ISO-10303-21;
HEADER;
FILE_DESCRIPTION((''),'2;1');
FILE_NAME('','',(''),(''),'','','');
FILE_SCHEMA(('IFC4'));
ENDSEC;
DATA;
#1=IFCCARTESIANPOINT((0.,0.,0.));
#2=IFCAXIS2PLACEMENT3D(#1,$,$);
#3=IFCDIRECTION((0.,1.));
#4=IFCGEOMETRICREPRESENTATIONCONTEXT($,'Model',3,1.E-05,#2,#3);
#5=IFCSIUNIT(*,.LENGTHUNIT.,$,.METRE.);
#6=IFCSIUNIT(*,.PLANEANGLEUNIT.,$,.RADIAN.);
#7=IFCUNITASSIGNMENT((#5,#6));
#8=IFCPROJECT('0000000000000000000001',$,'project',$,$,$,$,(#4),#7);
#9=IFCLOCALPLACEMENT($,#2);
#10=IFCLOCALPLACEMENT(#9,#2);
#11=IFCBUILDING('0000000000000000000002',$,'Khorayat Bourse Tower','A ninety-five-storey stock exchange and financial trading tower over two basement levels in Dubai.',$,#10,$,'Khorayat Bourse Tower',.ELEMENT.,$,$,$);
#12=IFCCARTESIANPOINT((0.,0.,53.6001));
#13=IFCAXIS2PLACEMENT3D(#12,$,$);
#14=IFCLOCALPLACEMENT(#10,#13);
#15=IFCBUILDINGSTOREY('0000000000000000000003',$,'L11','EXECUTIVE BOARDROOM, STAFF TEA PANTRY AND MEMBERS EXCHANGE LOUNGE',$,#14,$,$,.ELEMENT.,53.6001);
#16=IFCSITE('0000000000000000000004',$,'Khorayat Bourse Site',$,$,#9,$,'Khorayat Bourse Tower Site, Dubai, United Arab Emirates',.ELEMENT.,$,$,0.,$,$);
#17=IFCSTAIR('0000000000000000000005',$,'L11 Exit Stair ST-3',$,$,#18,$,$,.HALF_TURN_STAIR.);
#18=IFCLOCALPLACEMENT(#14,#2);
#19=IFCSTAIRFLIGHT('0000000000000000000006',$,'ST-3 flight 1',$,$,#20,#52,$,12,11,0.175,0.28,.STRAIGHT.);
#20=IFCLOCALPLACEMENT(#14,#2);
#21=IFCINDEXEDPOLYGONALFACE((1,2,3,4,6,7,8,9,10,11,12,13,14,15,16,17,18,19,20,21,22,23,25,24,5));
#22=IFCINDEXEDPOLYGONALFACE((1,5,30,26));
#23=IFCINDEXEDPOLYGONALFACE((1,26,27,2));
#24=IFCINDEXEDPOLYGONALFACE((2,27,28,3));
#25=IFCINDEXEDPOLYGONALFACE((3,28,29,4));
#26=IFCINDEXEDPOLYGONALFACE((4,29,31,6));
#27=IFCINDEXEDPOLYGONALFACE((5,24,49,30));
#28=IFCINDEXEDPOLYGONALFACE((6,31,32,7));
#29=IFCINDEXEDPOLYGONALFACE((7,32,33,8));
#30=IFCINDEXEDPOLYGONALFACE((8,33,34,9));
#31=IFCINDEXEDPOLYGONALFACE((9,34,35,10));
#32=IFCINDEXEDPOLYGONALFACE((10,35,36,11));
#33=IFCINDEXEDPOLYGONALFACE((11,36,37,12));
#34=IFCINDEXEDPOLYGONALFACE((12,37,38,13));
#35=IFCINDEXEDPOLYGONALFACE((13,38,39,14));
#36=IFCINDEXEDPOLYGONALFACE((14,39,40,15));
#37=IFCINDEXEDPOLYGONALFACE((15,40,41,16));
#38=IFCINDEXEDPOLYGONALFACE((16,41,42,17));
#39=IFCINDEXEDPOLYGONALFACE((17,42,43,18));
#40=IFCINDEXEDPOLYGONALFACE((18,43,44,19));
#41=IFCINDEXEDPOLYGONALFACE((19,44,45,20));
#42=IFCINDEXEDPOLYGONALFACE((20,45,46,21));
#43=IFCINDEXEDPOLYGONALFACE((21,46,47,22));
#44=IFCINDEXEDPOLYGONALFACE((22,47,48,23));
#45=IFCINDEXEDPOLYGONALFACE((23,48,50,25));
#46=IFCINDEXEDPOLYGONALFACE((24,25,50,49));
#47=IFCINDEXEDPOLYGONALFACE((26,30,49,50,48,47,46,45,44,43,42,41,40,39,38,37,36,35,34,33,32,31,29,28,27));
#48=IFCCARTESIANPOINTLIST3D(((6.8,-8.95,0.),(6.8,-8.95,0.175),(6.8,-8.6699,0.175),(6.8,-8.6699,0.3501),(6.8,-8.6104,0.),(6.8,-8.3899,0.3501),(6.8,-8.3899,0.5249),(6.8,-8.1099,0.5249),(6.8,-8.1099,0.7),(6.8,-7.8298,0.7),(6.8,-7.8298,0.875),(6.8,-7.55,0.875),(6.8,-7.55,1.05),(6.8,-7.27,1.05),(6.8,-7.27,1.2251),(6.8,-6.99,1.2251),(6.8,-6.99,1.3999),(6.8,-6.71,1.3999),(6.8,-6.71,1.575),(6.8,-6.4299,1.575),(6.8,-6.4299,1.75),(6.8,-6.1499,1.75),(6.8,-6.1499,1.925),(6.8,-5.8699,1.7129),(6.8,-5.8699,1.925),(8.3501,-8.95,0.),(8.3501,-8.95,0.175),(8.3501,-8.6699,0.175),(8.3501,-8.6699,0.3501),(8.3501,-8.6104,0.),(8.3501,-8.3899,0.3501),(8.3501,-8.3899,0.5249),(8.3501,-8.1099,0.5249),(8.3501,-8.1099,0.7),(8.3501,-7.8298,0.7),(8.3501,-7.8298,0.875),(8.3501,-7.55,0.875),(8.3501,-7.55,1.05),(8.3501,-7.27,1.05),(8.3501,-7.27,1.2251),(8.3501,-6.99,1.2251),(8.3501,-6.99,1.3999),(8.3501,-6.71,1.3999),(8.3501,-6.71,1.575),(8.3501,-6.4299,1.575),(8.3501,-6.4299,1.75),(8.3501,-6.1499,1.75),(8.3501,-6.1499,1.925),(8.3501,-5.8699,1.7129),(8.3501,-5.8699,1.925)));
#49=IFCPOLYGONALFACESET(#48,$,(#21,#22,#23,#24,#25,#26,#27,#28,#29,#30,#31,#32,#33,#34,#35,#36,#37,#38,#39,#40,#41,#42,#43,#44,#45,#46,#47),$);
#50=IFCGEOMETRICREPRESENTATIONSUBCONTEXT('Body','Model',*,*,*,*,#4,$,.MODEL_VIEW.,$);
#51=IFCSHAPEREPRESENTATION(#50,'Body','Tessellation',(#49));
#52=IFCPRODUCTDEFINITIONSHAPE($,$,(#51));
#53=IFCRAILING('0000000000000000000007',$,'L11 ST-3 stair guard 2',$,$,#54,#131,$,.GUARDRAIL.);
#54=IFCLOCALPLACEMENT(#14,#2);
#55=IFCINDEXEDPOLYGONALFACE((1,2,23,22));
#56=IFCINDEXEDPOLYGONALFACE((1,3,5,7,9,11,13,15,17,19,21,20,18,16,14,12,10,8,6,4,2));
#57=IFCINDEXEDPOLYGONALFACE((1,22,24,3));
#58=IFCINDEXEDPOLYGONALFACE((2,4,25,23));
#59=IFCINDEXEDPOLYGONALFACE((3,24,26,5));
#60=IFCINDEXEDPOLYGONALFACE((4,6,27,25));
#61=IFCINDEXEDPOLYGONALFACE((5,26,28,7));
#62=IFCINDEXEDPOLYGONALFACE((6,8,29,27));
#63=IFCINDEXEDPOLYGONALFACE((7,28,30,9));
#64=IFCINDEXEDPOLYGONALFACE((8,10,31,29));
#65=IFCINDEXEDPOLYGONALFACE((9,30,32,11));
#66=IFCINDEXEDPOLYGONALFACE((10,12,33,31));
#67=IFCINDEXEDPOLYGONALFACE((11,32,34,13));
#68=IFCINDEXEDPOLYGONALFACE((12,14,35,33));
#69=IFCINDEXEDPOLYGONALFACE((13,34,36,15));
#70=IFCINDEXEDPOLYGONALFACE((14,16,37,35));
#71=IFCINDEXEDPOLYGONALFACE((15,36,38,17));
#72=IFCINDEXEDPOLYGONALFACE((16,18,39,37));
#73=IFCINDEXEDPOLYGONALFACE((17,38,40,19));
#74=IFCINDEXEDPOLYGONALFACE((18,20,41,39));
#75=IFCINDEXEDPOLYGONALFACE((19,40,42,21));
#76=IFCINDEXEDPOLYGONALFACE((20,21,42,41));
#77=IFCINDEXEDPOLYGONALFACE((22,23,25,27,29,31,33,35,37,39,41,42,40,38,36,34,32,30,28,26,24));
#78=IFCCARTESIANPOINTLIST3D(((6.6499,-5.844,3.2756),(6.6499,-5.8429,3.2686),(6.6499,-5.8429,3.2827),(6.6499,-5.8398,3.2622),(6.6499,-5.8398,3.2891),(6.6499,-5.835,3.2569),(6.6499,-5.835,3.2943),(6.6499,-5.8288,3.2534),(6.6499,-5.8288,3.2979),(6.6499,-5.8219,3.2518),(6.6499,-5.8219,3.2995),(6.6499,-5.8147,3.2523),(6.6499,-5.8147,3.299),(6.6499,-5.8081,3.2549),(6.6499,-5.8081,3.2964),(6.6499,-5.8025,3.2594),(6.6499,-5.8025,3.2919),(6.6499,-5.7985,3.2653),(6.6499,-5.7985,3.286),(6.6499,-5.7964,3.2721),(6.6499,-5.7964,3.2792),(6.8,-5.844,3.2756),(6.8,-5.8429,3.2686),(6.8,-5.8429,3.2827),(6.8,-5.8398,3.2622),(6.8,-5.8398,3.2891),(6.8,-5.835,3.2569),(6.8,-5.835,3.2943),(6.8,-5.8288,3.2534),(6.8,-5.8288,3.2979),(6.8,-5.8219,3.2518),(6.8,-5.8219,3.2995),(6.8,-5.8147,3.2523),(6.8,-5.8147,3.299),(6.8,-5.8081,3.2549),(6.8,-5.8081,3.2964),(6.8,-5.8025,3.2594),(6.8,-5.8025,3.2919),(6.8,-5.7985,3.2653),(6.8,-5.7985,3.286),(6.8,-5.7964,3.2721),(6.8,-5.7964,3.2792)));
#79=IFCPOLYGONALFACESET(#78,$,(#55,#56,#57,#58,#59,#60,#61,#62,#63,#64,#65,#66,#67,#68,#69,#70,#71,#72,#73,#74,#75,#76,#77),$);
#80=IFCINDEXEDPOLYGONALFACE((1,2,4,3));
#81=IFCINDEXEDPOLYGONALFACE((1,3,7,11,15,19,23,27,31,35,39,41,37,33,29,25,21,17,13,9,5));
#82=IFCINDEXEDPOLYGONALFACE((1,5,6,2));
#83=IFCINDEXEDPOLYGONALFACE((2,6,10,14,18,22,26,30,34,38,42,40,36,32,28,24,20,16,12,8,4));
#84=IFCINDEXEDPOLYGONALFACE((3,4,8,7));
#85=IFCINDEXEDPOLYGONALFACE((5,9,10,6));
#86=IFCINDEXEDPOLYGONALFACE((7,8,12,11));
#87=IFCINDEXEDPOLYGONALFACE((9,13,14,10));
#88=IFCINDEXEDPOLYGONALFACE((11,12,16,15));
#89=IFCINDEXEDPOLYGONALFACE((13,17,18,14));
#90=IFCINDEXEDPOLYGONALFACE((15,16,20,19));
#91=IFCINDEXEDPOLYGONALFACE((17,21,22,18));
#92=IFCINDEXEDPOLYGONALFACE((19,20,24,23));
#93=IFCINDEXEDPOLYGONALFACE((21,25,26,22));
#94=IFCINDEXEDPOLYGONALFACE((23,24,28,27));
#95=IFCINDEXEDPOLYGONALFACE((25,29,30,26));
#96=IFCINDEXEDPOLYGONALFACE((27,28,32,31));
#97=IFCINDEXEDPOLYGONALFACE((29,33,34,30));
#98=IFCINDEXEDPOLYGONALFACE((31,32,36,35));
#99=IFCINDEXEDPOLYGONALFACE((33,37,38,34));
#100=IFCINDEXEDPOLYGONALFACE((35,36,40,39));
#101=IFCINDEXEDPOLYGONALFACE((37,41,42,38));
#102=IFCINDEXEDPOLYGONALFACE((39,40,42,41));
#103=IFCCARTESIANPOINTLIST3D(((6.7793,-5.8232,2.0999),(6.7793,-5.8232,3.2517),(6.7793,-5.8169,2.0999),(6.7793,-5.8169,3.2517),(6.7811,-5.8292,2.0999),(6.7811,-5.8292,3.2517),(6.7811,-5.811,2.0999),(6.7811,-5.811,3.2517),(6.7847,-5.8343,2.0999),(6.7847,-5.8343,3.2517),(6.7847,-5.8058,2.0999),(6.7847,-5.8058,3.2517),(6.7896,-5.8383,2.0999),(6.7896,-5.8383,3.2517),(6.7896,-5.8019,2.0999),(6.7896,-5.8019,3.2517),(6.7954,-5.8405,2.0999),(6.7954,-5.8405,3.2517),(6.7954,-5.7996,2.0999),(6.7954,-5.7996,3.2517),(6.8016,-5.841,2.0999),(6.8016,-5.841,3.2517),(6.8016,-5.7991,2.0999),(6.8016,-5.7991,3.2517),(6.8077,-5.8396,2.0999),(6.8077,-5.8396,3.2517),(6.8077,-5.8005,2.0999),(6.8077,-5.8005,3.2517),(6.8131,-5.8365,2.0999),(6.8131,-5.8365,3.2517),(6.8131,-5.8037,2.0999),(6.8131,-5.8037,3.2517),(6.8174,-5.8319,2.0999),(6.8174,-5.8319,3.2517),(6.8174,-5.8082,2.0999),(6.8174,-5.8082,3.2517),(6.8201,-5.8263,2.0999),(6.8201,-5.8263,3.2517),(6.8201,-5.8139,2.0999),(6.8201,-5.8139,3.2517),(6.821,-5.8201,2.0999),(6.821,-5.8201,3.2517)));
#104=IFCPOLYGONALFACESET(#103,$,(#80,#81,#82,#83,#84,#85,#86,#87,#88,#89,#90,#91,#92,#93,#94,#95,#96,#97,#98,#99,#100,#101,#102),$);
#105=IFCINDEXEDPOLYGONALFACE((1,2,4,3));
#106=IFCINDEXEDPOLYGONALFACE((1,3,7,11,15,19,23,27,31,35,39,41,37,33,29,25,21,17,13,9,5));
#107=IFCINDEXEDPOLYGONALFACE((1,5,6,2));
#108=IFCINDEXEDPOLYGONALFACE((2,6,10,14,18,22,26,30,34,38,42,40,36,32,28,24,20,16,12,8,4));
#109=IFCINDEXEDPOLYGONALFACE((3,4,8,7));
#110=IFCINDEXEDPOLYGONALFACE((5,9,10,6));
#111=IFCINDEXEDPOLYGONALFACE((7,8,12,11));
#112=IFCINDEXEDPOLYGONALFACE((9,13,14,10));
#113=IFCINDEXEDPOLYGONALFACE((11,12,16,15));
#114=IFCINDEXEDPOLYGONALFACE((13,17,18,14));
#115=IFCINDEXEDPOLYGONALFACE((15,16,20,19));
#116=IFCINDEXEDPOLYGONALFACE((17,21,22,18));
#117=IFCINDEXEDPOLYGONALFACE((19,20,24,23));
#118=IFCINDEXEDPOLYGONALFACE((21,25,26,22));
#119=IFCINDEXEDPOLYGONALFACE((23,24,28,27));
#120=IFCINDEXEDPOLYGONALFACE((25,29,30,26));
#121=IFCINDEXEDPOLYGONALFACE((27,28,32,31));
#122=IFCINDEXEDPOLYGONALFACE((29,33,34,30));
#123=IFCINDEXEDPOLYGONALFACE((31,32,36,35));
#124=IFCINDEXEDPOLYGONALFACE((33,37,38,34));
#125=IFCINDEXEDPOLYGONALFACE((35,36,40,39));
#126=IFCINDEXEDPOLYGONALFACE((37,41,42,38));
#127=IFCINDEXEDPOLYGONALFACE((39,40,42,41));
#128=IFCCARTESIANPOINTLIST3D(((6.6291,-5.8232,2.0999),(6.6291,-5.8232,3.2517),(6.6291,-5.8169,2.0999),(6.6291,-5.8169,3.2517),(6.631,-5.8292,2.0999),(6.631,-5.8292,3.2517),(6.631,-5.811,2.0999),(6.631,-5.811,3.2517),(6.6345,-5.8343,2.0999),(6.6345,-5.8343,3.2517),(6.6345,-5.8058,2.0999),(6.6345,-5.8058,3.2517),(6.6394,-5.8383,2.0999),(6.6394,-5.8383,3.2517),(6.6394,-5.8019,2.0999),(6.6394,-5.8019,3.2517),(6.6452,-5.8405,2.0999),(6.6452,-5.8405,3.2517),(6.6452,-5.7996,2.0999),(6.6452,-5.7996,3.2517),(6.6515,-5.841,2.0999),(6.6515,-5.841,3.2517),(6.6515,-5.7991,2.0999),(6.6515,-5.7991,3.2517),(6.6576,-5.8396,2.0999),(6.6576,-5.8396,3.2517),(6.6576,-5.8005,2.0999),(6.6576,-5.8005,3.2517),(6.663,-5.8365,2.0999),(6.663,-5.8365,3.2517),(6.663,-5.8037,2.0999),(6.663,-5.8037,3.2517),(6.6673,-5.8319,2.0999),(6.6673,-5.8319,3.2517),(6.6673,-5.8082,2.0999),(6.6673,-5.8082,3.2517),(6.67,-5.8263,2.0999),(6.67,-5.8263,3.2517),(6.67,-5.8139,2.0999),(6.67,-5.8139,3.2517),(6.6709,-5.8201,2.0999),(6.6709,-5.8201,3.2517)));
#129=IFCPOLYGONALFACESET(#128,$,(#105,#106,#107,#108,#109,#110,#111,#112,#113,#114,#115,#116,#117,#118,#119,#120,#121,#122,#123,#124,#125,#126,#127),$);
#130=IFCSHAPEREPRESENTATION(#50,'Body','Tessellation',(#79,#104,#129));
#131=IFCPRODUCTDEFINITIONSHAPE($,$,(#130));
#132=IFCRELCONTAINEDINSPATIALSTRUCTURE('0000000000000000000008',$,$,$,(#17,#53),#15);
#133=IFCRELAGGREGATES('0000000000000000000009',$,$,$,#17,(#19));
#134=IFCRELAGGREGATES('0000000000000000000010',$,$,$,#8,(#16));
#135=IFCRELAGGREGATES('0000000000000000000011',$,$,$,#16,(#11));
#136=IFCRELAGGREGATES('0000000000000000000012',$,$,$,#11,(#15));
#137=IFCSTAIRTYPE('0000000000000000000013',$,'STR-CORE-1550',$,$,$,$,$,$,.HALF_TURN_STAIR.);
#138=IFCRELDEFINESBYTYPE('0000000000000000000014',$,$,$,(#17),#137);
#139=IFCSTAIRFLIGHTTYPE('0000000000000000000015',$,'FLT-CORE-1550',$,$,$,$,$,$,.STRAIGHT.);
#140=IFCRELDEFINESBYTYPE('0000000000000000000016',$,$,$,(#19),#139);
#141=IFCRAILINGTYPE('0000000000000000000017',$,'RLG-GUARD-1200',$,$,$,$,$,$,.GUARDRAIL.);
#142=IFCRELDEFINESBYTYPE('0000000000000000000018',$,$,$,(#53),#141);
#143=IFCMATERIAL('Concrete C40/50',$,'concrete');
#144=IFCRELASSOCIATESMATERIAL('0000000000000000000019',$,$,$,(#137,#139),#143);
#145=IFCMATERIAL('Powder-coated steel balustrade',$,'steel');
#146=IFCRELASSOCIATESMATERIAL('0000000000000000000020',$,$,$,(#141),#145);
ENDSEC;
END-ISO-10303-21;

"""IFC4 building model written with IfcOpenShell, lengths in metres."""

from ifc_helpers import new_model, si_unit, direction, frame, origin, origin_2d, place, context, subcontext, project, spatial, polyline, circle, outline, extrude, source, transform, mapped, material, type_object, element, aggregate, save


model = new_model("IFC4")

# Units and contexts
model_context = context("Model", 3, precision=1e-05, world=origin(), true_north=direction((0.0, 1.0)))
body_context = subcontext(model_context, "Body", "Model", "MODEL_VIEW")
ifc_project = project(units=[si_unit("LENGTHUNIT", "METRE"), si_unit("PLANEANGLEUNIT", "RADIAN")], contexts=[model_context])

# Site, building, storey
site_placement = place(None, origin())
site = spatial("IfcSite", under=ifc_project, at=site_placement, Name="Khorayat Bourse Site", LongName="Khorayat Bourse Tower Site, Dubai, United Arab Emirates", CompositionType="ELEMENT", RefElevation=0.0)
building_placement = place(site_placement, origin())
building = spatial("IfcBuilding", under=site, at=building_placement, Name="Khorayat Bourse Tower", Description="A ninety-five-storey stock exchange and financial trading tower over two basement levels in Dubai.", LongName="Khorayat Bourse Tower", CompositionType="ELEMENT")
storey_placement = place(building_placement, frame((0.0, 0.0, 53.6001)))
storey = spatial("IfcBuildingStorey", under=building, at=storey_placement, Name="L11", Description="EXECUTIVE BOARDROOM, STAFF TEA PANTRY AND MEMBERS EXCHANGE LOUNGE", CompositionType="ELEMENT", Elevation=53.6001)

# Stair, stair flight
ifc_material_1 = material(Name="Concrete C40/50", Category="concrete")
stair_type = type_object("IfcStairType", Name="STR-CORE-1550", PredefinedType="HALF_TURN_STAIR", material=ifc_material_1)
stair_placement = place(storey_placement, origin())
stair = element("IfcStair", 1, at=stair_placement, inside=storey, type_object=stair_type, Name="L11 Exit Stair ST-3", PredefinedType="HALF_TURN_STAIR")
stair_flight_type = type_object("IfcStairFlightType", Name="FLT-CORE-1550", PredefinedType="STRAIGHT", material=ifc_material_1)
shared_shape_1 = source(origin(), body_context, "Body", "SweptSolid", [
    extrude(outline(polyline([(0.0, 0.0), (0.0, 0.175), (0.28, 0.175), (0.28, 0.3501), (0.5601, 0.3501), (0.5601, 0.5249), (0.8401, 0.5249), (0.8401, 0.7), (1.1201, 0.7), (1.1201, 0.875), (1.3999, 0.875), (1.3999, 1.05), (1.6799, 1.05), (1.6799, 1.2251), (1.96, 1.2251), (1.96, 1.3999), (2.24, 1.3999), (2.24, 1.575), (2.52, 1.575), (2.52, 1.75), (2.8, 1.75), (2.8, 1.925), (3.0801, 1.925), (3.0801, 2.1001), (3.0801, 1.7129), (0.3396, 0.0), (0.0, 0.0)])), frame((0.0, 0.7749, 0.0), z_axis=(0.0, -1.0, 0.0), x_axis=(1.0, 0.0, 0.0)), (0.0, 0.0, 1.0), 1.55),
])
stair_flight_placement = place(storey_placement, frame((7.575, -8.95, 0.0), z_axis=(0.0, 0.0, 1.0), x_axis=(0.0, 1.0, 0.0)))
stair_flight = element("IfcStairFlight", 2, at=stair_flight_placement, type_object=stair_flight_type, Name="ST-3 flight 1", NumberOfRisers=12, NumberOfTreads=11, PredefinedType="STRAIGHT", RiserHeight=0.175, TreadLength=0.28, context=body_context, shape_type="MappedRepresentation", body=[
    mapped(shared_shape_1, transform((0.0, 0.0, 0.0), scale=1.0)),
])
aggregate(stair, [stair_flight])

# Railing
ifc_material_2 = material(Name="Powder-coated steel balustrade", Category="steel")
railing_type_1 = type_object("IfcRailingType", Name="RLG-GUARD-1200", PredefinedType="GUARDRAIL", material=ifc_material_2)
shared_shape_2 = source(origin(), body_context, "Body", "SweptSolid", [
    extrude(circle(Radius=0.0239, at=origin_2d()), frame((0.0, 0.0, 1.1758), z_axis=(-1.0, 0.0, 0.0), x_axis=(0.0, -1.0, 0.0)), (0.0, 0.0, 1.0), 0.1501),
    extrude(circle(Radius=0.021, at=origin_2d()), origin(), (0.0, 0.0, 1.0), 1.1519),
    extrude(circle(Radius=0.021, at=origin_2d()), frame((-0.1501, 0.0, 0.0)), (0.0, 0.0, 1.0), 1.1519),
])
railing_1_placement = place(storey_placement, frame((6.8, -5.8201, 2.0999)))
element("IfcRailing", 3, at=railing_1_placement, inside=storey, type_object=railing_type_1, Name="L11 ST-3 stair guard 2", PredefinedType="GUARDRAIL", context=body_context, shape_type="MappedRepresentation", body=[
    mapped(shared_shape_2, transform((0.0, 0.0, 0.0), scale=1.0)),
])

save(model, "model.ifc")
